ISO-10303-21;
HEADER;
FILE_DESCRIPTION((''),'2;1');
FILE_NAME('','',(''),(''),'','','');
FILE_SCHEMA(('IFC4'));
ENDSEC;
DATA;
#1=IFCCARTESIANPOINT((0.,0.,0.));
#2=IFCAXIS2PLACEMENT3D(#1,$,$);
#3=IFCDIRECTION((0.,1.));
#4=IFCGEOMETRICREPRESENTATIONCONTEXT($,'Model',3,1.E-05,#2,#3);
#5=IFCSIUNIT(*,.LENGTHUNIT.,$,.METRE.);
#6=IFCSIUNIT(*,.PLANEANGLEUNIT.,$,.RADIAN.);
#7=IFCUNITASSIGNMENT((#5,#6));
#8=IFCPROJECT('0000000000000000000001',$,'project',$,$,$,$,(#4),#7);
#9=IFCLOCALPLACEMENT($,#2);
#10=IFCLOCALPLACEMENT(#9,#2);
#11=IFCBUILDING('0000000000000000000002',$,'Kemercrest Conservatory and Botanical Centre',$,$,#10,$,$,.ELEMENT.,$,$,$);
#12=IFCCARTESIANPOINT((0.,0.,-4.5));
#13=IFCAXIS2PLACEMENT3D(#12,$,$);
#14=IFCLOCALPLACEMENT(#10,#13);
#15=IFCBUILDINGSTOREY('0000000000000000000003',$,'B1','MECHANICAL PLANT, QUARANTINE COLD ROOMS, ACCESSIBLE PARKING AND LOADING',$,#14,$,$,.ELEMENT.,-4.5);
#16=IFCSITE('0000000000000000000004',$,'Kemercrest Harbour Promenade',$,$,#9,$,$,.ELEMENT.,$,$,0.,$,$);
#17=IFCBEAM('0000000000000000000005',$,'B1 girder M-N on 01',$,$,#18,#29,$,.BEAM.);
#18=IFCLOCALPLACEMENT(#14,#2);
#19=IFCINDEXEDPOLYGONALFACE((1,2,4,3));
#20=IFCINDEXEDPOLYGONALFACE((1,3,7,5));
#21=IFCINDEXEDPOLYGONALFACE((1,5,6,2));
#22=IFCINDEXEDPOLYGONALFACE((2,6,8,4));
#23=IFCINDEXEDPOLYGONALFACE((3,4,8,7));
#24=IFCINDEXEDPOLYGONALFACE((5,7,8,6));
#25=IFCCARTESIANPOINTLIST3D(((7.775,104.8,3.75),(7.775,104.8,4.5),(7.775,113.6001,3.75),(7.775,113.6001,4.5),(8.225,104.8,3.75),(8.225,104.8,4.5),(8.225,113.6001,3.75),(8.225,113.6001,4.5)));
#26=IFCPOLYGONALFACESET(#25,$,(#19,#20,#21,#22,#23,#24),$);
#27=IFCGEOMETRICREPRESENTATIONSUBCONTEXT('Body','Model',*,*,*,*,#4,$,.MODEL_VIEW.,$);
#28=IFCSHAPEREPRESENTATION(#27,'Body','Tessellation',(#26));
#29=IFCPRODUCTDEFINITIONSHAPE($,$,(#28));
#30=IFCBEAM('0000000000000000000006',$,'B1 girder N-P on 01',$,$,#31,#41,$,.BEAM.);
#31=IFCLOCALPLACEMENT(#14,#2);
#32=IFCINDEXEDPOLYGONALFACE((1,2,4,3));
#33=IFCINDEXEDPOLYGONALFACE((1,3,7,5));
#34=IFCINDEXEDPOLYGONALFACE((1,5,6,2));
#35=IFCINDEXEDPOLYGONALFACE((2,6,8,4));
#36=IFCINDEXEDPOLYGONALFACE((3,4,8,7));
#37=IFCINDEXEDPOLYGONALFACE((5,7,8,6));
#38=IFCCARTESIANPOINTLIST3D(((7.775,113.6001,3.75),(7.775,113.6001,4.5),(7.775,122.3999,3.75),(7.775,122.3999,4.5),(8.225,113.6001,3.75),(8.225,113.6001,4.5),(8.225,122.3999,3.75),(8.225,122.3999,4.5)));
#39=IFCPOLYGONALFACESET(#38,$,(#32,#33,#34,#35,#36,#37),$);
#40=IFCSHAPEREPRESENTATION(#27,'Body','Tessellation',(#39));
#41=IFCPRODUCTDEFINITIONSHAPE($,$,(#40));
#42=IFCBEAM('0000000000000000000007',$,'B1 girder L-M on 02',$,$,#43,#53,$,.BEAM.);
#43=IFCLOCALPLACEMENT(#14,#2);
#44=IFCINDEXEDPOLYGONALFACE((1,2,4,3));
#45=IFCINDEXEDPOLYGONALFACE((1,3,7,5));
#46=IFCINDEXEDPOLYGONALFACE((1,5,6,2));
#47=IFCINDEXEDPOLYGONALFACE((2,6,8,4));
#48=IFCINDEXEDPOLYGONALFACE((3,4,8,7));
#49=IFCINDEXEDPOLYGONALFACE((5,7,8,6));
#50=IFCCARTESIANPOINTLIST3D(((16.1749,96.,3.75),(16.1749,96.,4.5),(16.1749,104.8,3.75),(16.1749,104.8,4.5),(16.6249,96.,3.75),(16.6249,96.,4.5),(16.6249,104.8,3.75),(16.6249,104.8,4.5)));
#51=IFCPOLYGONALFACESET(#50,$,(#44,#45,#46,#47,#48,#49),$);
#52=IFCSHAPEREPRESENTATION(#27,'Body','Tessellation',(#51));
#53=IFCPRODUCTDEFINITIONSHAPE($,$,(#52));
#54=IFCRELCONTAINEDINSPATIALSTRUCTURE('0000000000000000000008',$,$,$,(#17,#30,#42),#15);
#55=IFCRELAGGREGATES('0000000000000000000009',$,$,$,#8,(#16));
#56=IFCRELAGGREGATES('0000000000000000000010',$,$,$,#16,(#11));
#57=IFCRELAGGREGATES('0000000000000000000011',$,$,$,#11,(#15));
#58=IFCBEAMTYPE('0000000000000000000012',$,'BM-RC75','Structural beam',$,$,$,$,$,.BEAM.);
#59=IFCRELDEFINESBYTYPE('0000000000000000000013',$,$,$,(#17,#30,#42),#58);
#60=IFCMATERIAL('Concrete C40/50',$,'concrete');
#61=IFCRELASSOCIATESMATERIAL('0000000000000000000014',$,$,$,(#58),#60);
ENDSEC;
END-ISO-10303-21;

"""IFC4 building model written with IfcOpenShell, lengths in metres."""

from ifc_helpers import new_model, si_unit, direction, frame, origin, origin_2d, place, context, subcontext, project, spatial, rectangle, extrude, material, material_profile, profile_set, type_object, element, save


model = new_model("IFC4")

# Units and contexts
model_context = context("Model", 3, precision=1e-05, world=origin(), true_north=direction((0.0, 1.0)))
body_context = subcontext(model_context, "Body", "Model", "MODEL_VIEW")
ifc_project = project(units=[si_unit("LENGTHUNIT", "METRE"), si_unit("PLANEANGLEUNIT", "RADIAN")], contexts=[model_context])

# Site, building, storey
site_placement = place(None, origin())
site = spatial("IfcSite", under=ifc_project, at=site_placement, Name="Kemercrest Harbour Promenade", CompositionType="ELEMENT", RefElevation=0.0)
building_placement = place(site_placement, origin())
building = spatial("IfcBuilding", under=site, at=building_placement, Name="Kemercrest Conservatory and Botanical Centre", CompositionType="ELEMENT")
storey_placement = place(building_placement, frame((0.0, 0.0, -4.5)))
storey = spatial("IfcBuildingStorey", under=building, at=storey_placement, Name="B1", Description="MECHANICAL PLANT, QUARANTINE COLD ROOMS, ACCESSIBLE PARKING AND LOADING", CompositionType="ELEMENT", Elevation=-4.5)

# Shared definitions
ifc_material_1 = material(Name="Concrete C40/50", Category="concrete")

# Beams
ifc_material_profile_1 = material_profile(ifc_material_1, rectangle(XDim=0.45, YDim=0.75, at=origin_2d()), Name="RC 450x750")
ifc_profile_set_1 = profile_set([ifc_material_profile_1], Name="Concrete C40/50")
beam_type_1 = type_object("IfcBeamType", Name="BM-RC75", Description="Structural beam", PredefinedType="BEAM", material=ifc_profile_set_1)
for number, where, z_axis, x_axis, name in (
    (1, (8.0, 104.8, 4.125), (0.0, 1.0, 0.0), (-1.0, 0.0, 0.0), "B1 girder M-N on 01"),
):
    element("IfcBeam", number, at=place(storey_placement, frame(where, z_axis=z_axis, x_axis=x_axis)), inside=storey, type_object=beam_type_1, Name=name, PredefinedType="BEAM", context=body_context, shape_type="SweptSolid", body=[
        extrude(rectangle(XDim=0.45, YDim=0.75, at=origin_2d()), origin(), (0.0, 0.0, 1.0), 8.8),
    ])
beam_1_placement = place(storey_placement, frame((8.0, 113.6001, 4.125), z_axis=(0.0, 1.0, 0.0), x_axis=(-1.0, 0.0, 0.0)))
element("IfcBeam", 2, at=beam_1_placement, inside=storey, type_object=beam_type_1, Name="B1 girder N-P on 01", PredefinedType="BEAM", context=body_context, shape_type="SweptSolid", body=[
    extrude(rectangle(XDim=0.45, YDim=0.75, at=origin_2d()), origin(), (0.0, 0.0, 1.0), 8.7998),
])
beam_2_placement = place(storey_placement, frame((16.3999, 96.0, 4.125), z_axis=(0.0, 1.0, 0.0), x_axis=(-1.0, 0.0, 0.0)))
element("IfcBeam", 3, at=beam_2_placement, inside=storey, type_object=beam_type_1, Name="B1 girder L-M on 02", PredefinedType="BEAM", context=body_context, shape_type="SweptSolid", body=[
    extrude(rectangle(XDim=0.45, YDim=0.75, at=origin_2d()), origin(), (0.0, 0.0, 1.0), 8.8),
])

save(model, "model.ifc")
